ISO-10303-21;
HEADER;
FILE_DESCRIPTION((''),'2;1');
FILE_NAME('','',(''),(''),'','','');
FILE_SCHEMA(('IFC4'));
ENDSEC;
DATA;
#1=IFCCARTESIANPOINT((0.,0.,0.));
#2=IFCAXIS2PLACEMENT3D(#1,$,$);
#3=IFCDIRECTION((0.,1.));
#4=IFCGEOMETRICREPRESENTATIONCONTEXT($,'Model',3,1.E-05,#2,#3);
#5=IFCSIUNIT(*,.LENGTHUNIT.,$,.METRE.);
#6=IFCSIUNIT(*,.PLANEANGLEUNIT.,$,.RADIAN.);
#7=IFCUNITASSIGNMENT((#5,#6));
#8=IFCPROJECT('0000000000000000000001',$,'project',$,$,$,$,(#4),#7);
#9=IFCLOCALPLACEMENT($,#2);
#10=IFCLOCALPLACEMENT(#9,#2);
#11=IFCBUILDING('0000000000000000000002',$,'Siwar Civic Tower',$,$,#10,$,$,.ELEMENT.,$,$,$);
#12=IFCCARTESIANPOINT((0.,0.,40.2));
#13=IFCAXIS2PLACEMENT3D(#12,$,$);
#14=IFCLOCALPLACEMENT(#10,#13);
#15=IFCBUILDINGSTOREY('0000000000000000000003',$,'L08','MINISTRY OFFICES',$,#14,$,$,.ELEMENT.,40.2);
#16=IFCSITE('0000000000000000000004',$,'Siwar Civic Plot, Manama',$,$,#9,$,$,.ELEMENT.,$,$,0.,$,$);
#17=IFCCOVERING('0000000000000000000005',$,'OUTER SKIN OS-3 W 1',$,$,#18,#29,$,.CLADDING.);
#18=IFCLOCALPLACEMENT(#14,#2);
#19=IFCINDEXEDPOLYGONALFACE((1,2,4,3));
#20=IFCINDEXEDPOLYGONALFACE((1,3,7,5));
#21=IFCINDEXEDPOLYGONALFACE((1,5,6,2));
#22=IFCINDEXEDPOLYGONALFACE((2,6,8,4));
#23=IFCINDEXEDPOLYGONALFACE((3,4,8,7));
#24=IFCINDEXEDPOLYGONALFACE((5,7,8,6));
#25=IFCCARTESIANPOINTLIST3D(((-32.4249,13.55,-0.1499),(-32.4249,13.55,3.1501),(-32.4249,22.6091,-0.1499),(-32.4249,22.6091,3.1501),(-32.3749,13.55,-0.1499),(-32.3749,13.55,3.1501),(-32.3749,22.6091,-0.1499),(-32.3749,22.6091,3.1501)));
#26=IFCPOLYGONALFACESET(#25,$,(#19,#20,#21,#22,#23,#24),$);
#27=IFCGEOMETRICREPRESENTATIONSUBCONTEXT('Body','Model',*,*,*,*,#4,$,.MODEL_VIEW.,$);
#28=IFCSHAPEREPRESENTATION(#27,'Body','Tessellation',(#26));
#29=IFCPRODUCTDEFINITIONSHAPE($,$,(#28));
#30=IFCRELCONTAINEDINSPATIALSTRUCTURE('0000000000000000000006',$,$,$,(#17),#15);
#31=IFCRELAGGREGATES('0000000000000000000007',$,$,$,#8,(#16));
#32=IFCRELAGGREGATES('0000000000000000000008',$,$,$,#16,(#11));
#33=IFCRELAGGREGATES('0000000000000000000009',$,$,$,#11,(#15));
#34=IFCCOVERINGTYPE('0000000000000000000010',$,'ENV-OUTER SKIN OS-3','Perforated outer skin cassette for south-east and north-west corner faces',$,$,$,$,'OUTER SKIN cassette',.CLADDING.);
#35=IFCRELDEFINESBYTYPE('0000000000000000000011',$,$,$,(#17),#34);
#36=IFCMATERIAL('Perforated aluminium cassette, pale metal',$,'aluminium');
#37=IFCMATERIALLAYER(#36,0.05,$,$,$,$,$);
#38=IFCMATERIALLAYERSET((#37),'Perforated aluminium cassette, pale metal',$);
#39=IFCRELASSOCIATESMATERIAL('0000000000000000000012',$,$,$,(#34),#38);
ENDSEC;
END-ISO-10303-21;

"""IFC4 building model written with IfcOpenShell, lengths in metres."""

from ifc_helpers import new_model, si_unit, direction, frame, origin, origin_2d, place, context, subcontext, project, spatial, rectangle, extrude, material, layer, layer_set, type_object, element, save


model = new_model("IFC4")

# Units and contexts
model_context = context("Model", 3, precision=1e-05, world=origin(), true_north=direction((0.0, 1.0)))
body_context = subcontext(model_context, "Body", "Model", "MODEL_VIEW")
ifc_project = project(units=[si_unit("LENGTHUNIT", "METRE"), si_unit("PLANEANGLEUNIT", "RADIAN")], contexts=[model_context])

# Site, building, storey
site_placement = place(None, origin())
site = spatial("IfcSite", under=ifc_project, at=site_placement, Name="Siwar Civic Plot, Manama", CompositionType="ELEMENT", RefElevation=0.0)
building_placement = place(site_placement, origin())
building = spatial("IfcBuilding", under=site, at=building_placement, Name="Siwar Civic Tower", CompositionType="ELEMENT")
storey_placement = place(building_placement, frame((0.0, 0.0, 40.2)))
storey = spatial("IfcBuildingStorey", under=building, at=storey_placement, Name="L08", Description="MINISTRY OFFICES", CompositionType="ELEMENT", Elevation=40.2)

# Covering
ifc_material_1 = material(Name="Perforated aluminium cassette, pale metal", Category="aluminium")
ifc_layer_1 = layer(ifc_material_1, 0.05)
ifc_layer_set_1 = layer_set([ifc_layer_1], Name="Perforated aluminium cassette, pale metal")
covering_type = type_object("IfcCoveringType", Name="ENV-OUTER SKIN OS-3", Description="Perforated outer skin cassette for south-east and north-west corner faces", ElementType="OUTER SKIN cassette", PredefinedType="CLADDING", material=ifc_layer_set_1)
covering_placement = place(storey_placement, frame((-32.3999, 18.0796, -0.1499), z_axis=(0.0, 0.0, 1.0), x_axis=(0.0, -1.0, 0.0)))
element("IfcCovering", 1, at=covering_placement, inside=storey, type_object=covering_type, Name="OUTER SKIN OS-3 W 1", PredefinedType="CLADDING", context=body_context, shape_type="SweptSolid", body=[
    extrude(rectangle(XDim=9.0591, YDim=0.05, at=origin_2d()), origin(), (0.0, 0.0, 1.0), 3.3),
])

save(model, "model.ifc")
